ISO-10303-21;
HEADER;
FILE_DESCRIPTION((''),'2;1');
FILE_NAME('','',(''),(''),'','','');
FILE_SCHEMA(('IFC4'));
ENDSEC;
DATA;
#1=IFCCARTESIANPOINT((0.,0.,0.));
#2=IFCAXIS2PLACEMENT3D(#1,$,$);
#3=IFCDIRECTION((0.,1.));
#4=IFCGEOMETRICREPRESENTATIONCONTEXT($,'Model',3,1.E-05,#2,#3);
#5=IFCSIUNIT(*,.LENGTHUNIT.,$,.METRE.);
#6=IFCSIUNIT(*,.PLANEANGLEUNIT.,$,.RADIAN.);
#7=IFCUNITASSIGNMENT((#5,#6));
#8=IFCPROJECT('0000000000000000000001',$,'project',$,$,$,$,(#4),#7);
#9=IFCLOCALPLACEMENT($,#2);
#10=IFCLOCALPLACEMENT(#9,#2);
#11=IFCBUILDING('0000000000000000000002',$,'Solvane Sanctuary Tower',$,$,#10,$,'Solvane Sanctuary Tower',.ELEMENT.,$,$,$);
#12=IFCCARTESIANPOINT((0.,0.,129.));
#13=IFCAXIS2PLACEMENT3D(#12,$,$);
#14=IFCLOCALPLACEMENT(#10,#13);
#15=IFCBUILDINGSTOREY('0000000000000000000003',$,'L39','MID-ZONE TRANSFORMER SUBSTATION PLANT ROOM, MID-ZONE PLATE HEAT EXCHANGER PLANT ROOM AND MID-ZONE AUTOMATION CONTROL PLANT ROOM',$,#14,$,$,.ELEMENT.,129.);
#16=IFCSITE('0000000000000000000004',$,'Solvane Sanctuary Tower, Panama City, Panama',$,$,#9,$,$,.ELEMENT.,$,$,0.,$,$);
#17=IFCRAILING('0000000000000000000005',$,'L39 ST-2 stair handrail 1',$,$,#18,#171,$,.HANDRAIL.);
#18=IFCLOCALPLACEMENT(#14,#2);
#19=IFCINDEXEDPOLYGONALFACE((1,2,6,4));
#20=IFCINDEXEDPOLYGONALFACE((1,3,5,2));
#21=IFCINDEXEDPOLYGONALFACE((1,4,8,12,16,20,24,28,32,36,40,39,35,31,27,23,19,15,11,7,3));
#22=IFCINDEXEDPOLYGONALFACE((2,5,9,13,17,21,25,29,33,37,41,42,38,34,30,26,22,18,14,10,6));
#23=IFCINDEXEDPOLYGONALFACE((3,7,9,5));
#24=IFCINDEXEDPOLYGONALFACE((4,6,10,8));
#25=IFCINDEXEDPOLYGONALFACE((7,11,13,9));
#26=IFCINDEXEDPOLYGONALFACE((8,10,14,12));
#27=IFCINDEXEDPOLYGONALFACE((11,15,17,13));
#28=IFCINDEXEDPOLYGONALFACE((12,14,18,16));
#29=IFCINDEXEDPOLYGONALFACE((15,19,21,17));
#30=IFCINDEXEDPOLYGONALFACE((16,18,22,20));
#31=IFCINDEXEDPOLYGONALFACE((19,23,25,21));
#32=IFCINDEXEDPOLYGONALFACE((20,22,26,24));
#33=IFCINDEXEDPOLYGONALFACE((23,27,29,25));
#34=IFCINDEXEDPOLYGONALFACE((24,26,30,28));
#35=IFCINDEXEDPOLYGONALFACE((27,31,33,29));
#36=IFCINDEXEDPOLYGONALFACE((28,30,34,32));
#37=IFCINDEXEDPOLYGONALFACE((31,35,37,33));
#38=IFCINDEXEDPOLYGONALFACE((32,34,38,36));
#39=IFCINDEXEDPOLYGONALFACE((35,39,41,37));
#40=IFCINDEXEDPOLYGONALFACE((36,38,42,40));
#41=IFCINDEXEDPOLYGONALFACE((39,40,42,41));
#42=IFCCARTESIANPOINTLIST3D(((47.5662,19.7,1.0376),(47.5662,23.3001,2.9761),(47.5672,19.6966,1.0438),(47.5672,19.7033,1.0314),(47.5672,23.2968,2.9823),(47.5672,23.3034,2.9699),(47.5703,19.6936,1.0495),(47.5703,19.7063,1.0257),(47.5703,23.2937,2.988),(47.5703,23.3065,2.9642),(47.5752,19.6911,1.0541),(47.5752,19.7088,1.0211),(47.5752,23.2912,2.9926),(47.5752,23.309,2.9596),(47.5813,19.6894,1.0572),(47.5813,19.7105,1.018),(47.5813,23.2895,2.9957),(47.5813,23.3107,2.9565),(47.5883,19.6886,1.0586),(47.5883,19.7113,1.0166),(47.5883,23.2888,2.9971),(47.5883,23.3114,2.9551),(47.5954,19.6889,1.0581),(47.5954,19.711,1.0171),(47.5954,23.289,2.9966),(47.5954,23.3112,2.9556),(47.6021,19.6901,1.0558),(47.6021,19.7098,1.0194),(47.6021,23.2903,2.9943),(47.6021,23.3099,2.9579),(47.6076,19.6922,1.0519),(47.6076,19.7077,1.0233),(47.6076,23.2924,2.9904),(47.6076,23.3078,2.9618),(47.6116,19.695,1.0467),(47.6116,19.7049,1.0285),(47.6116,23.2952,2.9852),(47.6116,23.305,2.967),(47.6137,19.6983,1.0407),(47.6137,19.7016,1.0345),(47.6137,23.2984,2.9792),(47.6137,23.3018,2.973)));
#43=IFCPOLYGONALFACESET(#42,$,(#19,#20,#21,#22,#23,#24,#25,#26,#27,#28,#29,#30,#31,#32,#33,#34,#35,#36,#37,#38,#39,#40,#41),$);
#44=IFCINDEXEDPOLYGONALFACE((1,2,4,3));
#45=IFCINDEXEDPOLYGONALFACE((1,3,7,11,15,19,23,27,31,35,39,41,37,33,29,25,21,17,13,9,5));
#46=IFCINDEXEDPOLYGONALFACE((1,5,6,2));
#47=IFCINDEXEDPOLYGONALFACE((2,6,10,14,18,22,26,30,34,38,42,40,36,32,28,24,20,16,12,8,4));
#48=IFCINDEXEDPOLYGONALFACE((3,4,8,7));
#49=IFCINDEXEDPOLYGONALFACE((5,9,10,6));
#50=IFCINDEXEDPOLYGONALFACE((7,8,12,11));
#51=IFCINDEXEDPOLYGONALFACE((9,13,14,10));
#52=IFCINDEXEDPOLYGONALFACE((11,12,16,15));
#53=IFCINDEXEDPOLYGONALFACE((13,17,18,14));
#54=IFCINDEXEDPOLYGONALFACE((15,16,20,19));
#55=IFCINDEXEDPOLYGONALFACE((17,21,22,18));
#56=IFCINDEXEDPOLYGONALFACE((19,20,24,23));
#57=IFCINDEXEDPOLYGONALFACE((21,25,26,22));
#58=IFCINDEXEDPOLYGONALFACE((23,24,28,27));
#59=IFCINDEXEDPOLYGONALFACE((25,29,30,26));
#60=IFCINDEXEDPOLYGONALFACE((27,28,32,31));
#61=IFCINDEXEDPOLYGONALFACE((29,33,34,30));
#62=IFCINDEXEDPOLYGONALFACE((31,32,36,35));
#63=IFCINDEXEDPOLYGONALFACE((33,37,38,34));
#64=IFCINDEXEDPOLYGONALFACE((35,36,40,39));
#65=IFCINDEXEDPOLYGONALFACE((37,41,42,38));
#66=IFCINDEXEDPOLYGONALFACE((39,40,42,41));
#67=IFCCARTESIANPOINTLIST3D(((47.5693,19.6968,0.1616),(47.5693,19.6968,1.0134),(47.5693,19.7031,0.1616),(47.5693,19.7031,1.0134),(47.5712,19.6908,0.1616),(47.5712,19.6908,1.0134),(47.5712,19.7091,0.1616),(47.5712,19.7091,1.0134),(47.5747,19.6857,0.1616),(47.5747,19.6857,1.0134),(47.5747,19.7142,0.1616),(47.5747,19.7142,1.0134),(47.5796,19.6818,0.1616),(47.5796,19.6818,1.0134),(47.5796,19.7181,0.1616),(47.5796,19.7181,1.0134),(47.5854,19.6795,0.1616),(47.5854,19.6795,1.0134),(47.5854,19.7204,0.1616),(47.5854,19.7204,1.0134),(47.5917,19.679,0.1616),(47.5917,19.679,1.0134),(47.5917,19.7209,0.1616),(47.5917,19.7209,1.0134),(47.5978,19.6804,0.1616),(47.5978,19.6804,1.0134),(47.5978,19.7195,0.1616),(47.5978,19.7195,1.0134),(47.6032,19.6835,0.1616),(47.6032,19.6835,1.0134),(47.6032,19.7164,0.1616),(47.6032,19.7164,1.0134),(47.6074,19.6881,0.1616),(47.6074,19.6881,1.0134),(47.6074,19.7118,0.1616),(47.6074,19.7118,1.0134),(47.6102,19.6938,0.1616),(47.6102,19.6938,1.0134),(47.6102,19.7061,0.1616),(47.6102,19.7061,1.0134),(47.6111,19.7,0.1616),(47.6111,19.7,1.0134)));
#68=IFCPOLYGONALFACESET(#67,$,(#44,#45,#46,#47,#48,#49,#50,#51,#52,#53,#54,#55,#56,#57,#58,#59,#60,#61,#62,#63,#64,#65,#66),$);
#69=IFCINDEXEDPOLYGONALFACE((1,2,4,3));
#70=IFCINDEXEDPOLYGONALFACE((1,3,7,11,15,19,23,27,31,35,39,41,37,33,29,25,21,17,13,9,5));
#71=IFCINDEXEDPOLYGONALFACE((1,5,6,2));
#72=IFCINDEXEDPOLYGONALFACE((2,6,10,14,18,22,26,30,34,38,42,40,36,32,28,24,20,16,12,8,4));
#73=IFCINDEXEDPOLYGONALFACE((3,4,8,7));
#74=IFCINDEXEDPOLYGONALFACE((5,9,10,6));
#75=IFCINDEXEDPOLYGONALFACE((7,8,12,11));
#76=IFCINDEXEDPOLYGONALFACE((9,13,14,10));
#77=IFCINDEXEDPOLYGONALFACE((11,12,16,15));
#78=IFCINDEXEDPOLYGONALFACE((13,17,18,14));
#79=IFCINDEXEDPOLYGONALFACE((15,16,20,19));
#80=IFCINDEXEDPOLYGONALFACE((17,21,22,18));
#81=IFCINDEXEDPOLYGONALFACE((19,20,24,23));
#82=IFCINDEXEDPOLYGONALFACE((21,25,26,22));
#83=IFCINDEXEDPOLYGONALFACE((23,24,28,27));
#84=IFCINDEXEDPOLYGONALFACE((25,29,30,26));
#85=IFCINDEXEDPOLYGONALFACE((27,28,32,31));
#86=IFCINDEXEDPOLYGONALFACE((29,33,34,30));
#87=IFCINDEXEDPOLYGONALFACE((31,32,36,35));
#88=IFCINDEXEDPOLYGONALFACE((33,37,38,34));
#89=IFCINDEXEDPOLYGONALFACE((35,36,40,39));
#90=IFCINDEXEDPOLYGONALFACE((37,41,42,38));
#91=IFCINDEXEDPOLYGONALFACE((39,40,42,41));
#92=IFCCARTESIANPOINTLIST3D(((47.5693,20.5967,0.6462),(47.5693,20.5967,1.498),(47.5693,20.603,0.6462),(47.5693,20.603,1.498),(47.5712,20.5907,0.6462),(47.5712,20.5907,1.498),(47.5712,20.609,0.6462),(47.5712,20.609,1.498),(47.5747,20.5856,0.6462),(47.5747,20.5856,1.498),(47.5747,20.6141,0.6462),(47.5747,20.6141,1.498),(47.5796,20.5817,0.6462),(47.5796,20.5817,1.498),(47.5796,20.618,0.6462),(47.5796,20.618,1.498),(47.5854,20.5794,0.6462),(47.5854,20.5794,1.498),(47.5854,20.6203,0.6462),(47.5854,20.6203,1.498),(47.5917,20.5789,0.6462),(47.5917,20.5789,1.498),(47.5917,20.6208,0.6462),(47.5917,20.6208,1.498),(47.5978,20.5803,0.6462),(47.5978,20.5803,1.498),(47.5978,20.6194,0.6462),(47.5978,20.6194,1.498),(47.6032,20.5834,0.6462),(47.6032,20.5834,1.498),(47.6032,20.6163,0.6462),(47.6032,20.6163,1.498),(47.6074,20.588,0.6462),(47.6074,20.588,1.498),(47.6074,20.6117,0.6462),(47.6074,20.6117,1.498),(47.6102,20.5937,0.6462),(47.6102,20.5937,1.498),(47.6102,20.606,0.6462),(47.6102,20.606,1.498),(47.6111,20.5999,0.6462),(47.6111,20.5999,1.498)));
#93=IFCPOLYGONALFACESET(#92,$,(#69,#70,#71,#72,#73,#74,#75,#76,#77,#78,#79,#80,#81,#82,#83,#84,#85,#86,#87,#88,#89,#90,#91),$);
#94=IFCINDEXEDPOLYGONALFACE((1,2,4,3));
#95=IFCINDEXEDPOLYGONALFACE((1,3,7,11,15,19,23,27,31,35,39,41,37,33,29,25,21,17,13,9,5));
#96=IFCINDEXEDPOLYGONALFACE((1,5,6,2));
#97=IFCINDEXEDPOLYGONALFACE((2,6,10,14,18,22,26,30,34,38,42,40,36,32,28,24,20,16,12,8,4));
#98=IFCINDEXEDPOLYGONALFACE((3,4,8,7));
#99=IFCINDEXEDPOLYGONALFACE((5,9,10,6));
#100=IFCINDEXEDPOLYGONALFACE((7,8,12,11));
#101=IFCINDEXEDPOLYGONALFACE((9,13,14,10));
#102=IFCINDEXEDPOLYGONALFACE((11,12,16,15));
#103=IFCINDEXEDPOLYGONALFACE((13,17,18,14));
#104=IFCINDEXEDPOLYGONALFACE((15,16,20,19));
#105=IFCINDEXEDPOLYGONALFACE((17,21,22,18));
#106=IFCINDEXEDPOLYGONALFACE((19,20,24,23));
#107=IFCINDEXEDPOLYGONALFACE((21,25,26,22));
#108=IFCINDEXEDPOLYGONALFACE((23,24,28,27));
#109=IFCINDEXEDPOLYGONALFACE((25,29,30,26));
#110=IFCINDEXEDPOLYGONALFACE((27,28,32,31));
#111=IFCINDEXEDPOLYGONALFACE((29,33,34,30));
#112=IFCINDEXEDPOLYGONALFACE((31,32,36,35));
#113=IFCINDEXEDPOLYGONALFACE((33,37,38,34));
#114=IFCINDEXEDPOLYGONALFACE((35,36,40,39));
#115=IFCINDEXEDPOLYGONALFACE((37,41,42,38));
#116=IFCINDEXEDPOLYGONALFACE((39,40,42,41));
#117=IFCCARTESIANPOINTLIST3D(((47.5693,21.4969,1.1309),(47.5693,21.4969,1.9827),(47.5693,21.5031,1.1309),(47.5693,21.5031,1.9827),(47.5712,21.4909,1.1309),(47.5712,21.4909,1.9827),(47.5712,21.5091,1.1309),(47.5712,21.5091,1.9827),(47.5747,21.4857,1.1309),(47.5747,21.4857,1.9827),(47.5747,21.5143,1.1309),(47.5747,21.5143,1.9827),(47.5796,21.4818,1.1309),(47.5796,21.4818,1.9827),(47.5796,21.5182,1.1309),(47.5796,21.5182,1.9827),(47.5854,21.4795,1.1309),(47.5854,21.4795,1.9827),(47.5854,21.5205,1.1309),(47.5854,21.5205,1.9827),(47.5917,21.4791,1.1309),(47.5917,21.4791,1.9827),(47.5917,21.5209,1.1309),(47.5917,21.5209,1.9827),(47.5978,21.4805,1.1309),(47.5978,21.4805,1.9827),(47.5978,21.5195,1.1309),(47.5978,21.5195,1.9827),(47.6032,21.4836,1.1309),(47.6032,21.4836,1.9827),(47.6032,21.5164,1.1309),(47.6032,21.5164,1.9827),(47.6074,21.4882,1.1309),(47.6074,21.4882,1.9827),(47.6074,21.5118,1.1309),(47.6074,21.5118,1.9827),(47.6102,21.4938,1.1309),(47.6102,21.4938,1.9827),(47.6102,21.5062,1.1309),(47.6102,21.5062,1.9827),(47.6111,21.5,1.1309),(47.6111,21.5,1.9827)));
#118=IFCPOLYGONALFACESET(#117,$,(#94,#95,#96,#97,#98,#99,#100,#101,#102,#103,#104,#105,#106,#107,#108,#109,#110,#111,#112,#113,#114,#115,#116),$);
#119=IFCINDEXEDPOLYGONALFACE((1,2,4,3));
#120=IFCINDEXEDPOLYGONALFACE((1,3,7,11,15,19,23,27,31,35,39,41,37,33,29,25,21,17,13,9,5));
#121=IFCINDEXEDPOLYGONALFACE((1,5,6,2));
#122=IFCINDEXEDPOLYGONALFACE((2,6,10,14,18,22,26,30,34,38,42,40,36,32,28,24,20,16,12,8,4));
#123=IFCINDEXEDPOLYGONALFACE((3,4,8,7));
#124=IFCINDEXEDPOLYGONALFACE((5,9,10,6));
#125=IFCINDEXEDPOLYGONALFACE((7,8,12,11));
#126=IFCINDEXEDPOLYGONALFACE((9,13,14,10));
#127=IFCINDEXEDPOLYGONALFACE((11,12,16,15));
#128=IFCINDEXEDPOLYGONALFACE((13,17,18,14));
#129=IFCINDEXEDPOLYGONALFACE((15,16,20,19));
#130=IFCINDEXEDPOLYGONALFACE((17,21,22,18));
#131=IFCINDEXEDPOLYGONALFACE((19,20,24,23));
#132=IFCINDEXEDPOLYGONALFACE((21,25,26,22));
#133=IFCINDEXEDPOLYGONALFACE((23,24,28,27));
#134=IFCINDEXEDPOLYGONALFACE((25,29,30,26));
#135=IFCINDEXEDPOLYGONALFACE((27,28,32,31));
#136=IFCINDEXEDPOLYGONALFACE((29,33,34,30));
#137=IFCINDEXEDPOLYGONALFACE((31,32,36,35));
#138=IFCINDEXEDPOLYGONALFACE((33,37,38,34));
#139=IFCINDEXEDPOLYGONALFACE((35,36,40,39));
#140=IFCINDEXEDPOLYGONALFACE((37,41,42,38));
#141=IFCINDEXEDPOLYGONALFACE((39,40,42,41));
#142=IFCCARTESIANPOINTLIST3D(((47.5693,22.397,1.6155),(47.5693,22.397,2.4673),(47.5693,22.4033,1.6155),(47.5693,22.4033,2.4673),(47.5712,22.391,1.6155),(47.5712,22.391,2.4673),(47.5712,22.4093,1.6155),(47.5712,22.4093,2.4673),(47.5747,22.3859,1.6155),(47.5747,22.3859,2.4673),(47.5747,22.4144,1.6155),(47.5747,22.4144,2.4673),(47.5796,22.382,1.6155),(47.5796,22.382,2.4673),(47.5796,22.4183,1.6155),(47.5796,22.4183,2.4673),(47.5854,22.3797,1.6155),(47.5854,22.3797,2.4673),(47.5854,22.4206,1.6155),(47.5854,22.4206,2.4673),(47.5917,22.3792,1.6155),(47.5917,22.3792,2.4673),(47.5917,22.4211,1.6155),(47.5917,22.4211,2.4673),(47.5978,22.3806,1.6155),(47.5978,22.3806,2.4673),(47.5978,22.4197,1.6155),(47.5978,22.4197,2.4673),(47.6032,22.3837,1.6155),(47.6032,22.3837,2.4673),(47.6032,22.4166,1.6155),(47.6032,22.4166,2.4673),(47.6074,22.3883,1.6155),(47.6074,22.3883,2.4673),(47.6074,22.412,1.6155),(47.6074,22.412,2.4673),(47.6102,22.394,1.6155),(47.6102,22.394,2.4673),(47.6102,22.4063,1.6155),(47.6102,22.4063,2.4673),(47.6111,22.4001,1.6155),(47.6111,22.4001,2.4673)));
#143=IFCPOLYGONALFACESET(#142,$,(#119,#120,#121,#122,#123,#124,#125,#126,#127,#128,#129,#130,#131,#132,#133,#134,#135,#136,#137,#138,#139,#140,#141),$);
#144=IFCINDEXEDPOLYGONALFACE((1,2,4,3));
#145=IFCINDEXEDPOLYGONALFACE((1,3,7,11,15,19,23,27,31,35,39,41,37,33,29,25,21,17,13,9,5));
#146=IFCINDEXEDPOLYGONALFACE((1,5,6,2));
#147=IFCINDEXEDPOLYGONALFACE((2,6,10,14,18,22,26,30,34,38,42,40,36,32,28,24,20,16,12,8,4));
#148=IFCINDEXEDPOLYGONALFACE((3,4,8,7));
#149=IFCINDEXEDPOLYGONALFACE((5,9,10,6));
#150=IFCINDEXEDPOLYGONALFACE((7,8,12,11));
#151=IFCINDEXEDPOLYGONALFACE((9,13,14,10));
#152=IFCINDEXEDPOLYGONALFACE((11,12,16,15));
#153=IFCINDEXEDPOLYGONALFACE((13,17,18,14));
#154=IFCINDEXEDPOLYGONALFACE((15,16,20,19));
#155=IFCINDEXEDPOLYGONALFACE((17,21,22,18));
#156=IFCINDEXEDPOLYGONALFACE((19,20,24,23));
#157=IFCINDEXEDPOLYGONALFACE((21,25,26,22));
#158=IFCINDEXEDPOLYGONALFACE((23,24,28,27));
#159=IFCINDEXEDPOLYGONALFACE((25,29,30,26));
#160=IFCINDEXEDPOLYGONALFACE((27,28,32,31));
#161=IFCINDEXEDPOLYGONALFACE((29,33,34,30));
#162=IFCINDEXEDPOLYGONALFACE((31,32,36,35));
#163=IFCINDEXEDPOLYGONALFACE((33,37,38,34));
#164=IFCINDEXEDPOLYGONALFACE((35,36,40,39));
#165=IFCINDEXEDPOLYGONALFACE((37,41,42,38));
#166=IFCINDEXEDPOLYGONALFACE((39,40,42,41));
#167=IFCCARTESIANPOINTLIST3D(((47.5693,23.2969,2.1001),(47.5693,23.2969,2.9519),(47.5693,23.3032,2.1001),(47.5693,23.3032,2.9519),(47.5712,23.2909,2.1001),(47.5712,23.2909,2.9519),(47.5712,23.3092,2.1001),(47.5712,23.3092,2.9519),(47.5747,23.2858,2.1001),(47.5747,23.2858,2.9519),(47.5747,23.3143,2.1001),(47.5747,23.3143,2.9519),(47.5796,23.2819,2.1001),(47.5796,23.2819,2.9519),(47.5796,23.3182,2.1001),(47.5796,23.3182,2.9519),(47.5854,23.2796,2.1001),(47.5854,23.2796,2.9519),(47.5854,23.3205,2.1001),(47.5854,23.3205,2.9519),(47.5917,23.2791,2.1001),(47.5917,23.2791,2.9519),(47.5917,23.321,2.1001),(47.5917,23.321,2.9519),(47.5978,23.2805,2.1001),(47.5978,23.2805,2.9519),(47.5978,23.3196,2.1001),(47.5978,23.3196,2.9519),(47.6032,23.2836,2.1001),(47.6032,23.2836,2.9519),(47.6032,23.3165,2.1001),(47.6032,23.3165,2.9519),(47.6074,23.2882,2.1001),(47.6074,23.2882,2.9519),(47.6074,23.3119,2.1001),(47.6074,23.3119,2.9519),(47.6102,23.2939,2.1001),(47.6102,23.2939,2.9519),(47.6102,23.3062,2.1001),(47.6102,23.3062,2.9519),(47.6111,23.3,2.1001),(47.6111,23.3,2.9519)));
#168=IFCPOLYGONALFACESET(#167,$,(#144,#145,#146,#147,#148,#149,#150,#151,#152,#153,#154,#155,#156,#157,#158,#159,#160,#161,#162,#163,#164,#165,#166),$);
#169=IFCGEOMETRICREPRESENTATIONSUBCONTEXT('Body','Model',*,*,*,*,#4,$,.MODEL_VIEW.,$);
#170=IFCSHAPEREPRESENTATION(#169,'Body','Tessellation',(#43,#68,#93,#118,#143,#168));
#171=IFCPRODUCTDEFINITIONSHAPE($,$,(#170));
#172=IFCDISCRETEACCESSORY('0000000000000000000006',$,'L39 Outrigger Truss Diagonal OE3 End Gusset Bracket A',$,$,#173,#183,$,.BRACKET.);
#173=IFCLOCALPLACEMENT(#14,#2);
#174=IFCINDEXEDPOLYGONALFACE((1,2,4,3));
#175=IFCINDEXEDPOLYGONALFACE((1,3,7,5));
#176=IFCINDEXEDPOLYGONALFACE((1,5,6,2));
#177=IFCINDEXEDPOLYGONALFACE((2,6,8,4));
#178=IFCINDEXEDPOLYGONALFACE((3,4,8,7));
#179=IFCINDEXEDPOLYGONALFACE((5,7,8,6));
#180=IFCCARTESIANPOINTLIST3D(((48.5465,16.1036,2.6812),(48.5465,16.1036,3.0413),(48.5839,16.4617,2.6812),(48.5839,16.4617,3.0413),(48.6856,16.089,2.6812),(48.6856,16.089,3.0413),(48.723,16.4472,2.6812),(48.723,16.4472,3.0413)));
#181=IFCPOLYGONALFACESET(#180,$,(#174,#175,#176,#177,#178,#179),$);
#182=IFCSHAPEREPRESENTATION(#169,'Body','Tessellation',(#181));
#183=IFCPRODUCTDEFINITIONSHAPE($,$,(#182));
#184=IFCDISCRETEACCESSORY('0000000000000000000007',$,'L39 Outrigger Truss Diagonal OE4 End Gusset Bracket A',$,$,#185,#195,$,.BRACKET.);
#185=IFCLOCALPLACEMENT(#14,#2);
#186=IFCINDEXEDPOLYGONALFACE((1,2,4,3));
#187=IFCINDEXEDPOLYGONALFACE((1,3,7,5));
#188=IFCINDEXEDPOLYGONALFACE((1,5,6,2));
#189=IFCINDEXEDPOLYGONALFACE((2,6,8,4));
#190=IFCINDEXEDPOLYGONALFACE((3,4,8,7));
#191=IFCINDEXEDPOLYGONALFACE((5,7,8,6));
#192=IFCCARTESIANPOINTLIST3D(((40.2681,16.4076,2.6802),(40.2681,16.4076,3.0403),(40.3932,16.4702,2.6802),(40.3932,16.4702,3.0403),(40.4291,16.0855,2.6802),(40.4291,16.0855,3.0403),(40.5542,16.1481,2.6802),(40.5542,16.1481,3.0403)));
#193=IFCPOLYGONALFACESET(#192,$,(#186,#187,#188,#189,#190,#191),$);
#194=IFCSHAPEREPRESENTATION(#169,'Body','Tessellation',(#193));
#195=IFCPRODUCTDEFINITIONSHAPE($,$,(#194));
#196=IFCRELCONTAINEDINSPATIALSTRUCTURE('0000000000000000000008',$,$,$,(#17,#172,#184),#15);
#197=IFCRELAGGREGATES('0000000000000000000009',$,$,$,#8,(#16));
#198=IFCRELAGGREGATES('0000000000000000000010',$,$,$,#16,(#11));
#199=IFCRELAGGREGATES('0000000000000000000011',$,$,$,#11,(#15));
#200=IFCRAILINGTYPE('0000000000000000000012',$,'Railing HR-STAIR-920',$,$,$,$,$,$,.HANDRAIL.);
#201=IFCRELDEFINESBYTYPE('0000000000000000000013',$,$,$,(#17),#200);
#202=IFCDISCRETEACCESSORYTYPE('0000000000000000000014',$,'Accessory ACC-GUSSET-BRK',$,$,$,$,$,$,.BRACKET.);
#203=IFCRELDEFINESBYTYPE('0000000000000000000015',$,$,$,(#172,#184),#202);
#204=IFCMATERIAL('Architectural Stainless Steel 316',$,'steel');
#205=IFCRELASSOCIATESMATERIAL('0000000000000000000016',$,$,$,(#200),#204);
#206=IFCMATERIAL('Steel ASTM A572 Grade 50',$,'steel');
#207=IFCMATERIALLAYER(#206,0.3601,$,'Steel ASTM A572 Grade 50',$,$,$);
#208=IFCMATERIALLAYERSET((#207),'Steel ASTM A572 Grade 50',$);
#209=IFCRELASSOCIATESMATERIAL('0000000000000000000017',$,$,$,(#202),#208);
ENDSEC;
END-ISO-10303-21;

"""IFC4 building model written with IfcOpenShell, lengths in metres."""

from ifc_helpers import new_model, si_unit, direction, frame, origin, origin_2d, place, context, subcontext, project, spatial, rectangle, circle, extrude, material, layer, layer_set, type_object, element, save


model = new_model("IFC4")

# Units and contexts
model_context = context("Model", 3, precision=1e-05, world=origin(), true_north=direction((0.0, 1.0)))
body_context = subcontext(model_context, "Body", "Model", "MODEL_VIEW")
ifc_project = project(units=[si_unit("LENGTHUNIT", "METRE"), si_unit("PLANEANGLEUNIT", "RADIAN")], contexts=[model_context])

# Site, building, storey
site_placement = place(None, origin())
site = spatial("IfcSite", under=ifc_project, at=site_placement, Name="Solvane Sanctuary Tower, Panama City, Panama", CompositionType="ELEMENT", RefElevation=0.0)
building_placement = place(site_placement, origin())
building = spatial("IfcBuilding", under=site, at=building_placement, Name="Solvane Sanctuary Tower", LongName="Solvane Sanctuary Tower", CompositionType="ELEMENT")
storey_placement = place(building_placement, frame((0.0, 0.0, 129.0)))
storey = spatial("IfcBuildingStorey", under=building, at=storey_placement, Name="L39", Description="MID-ZONE TRANSFORMER SUBSTATION PLANT ROOM, MID-ZONE PLATE HEAT EXCHANGER PLANT ROOM AND MID-ZONE AUTOMATION CONTROL PLANT ROOM", CompositionType="ELEMENT", Elevation=129.0)

# Shared definitions
ifc_material_1 = material(Name="Steel ASTM A572 Grade 50", Category="steel")

# Shared definitions
ifc_material_2 = material(Name="Architectural Stainless Steel 316", Category="steel")

# Railing
railing_type_1 = type_object("IfcRailingType", Name="Railing HR-STAIR-920", PredefinedType="HANDRAIL", material=ifc_material_2)
railing_1_placement = place(storey_placement, frame((47.5901, 19.7, 0.1616)))
element("IfcRailing", 1, at=railing_1_placement, inside=storey, type_object=railing_type_1, Name="L39 ST-2 stair handrail 1", PredefinedType="HANDRAIL", context=body_context, shape_type="SweptSolid", body=[
    extrude(circle(Radius=0.0239, at=origin_2d()), frame((0.0, 0.0, 0.876), z_axis=(0.0, 0.880475, 0.474093), x_axis=(-1.0, 0.0, 0.0)), (0.0, 0.0, 1.0), 4.0889),
    extrude(circle(Radius=0.021, at=origin_2d()), origin(), (0.0, 0.0, 1.0), 0.8518),
    extrude(circle(Radius=0.021, at=origin_2d()), frame((0.0, 0.8999, 0.4846)), (0.0, 0.0, 1.0), 0.8518),
    extrude(circle(Radius=0.021, at=origin_2d()), frame((0.0, 1.8, 0.9692)), (0.0, 0.0, 1.0), 0.8518),
    extrude(circle(Radius=0.021, at=origin_2d()), frame((0.0, 2.7002, 1.4539)), (0.0, 0.0, 1.0), 0.8518),
    extrude(circle(Radius=0.021, at=origin_2d()), frame((0.0, 3.6001, 1.9385)), (0.0, 0.0, 1.0), 0.8518),
])

# Discrete accessories
ifc_layer_1 = layer(ifc_material_1, 0.3601, Name="Steel ASTM A572 Grade 50")
ifc_layer_set_1 = layer_set([ifc_layer_1], Name="Steel ASTM A572 Grade 50")
discrete_accessory_type = type_object("IfcDiscreteAccessoryType", Name="Accessory ACC-GUSSET-BRK", PredefinedType="BRACKET", material=ifc_layer_set_1)
for number, where, z_axis, x_axis, name in (
    (2, (48.6348, 16.2754, 2.6812), (0.0, 0.0, 1.0), (-0.103834, -0.994595, 0.0), "L39 Outrigger Truss Diagonal OE3 End Gusset Bracket A"),
    (3, (40.4111, 16.2778, 2.6802), (0.0, 0.0, 1.0), (0.447135, -0.894467, 0.0), "L39 Outrigger Truss Diagonal OE4 End Gusset Bracket A"),
):
    element("IfcDiscreteAccessory", number, at=place(storey_placement, frame(where, z_axis=z_axis, x_axis=x_axis)), inside=storey, type_object=discrete_accessory_type, Name=name, PredefinedType="BRACKET", context=body_context, shape_type="SweptSolid", body=[
        extrude(rectangle(XDim=0.3601, YDim=0.1399, at=origin_2d()), origin(), (0.0, 0.0, 1.0), 0.3601),
    ])

save(model, "model.ifc")
